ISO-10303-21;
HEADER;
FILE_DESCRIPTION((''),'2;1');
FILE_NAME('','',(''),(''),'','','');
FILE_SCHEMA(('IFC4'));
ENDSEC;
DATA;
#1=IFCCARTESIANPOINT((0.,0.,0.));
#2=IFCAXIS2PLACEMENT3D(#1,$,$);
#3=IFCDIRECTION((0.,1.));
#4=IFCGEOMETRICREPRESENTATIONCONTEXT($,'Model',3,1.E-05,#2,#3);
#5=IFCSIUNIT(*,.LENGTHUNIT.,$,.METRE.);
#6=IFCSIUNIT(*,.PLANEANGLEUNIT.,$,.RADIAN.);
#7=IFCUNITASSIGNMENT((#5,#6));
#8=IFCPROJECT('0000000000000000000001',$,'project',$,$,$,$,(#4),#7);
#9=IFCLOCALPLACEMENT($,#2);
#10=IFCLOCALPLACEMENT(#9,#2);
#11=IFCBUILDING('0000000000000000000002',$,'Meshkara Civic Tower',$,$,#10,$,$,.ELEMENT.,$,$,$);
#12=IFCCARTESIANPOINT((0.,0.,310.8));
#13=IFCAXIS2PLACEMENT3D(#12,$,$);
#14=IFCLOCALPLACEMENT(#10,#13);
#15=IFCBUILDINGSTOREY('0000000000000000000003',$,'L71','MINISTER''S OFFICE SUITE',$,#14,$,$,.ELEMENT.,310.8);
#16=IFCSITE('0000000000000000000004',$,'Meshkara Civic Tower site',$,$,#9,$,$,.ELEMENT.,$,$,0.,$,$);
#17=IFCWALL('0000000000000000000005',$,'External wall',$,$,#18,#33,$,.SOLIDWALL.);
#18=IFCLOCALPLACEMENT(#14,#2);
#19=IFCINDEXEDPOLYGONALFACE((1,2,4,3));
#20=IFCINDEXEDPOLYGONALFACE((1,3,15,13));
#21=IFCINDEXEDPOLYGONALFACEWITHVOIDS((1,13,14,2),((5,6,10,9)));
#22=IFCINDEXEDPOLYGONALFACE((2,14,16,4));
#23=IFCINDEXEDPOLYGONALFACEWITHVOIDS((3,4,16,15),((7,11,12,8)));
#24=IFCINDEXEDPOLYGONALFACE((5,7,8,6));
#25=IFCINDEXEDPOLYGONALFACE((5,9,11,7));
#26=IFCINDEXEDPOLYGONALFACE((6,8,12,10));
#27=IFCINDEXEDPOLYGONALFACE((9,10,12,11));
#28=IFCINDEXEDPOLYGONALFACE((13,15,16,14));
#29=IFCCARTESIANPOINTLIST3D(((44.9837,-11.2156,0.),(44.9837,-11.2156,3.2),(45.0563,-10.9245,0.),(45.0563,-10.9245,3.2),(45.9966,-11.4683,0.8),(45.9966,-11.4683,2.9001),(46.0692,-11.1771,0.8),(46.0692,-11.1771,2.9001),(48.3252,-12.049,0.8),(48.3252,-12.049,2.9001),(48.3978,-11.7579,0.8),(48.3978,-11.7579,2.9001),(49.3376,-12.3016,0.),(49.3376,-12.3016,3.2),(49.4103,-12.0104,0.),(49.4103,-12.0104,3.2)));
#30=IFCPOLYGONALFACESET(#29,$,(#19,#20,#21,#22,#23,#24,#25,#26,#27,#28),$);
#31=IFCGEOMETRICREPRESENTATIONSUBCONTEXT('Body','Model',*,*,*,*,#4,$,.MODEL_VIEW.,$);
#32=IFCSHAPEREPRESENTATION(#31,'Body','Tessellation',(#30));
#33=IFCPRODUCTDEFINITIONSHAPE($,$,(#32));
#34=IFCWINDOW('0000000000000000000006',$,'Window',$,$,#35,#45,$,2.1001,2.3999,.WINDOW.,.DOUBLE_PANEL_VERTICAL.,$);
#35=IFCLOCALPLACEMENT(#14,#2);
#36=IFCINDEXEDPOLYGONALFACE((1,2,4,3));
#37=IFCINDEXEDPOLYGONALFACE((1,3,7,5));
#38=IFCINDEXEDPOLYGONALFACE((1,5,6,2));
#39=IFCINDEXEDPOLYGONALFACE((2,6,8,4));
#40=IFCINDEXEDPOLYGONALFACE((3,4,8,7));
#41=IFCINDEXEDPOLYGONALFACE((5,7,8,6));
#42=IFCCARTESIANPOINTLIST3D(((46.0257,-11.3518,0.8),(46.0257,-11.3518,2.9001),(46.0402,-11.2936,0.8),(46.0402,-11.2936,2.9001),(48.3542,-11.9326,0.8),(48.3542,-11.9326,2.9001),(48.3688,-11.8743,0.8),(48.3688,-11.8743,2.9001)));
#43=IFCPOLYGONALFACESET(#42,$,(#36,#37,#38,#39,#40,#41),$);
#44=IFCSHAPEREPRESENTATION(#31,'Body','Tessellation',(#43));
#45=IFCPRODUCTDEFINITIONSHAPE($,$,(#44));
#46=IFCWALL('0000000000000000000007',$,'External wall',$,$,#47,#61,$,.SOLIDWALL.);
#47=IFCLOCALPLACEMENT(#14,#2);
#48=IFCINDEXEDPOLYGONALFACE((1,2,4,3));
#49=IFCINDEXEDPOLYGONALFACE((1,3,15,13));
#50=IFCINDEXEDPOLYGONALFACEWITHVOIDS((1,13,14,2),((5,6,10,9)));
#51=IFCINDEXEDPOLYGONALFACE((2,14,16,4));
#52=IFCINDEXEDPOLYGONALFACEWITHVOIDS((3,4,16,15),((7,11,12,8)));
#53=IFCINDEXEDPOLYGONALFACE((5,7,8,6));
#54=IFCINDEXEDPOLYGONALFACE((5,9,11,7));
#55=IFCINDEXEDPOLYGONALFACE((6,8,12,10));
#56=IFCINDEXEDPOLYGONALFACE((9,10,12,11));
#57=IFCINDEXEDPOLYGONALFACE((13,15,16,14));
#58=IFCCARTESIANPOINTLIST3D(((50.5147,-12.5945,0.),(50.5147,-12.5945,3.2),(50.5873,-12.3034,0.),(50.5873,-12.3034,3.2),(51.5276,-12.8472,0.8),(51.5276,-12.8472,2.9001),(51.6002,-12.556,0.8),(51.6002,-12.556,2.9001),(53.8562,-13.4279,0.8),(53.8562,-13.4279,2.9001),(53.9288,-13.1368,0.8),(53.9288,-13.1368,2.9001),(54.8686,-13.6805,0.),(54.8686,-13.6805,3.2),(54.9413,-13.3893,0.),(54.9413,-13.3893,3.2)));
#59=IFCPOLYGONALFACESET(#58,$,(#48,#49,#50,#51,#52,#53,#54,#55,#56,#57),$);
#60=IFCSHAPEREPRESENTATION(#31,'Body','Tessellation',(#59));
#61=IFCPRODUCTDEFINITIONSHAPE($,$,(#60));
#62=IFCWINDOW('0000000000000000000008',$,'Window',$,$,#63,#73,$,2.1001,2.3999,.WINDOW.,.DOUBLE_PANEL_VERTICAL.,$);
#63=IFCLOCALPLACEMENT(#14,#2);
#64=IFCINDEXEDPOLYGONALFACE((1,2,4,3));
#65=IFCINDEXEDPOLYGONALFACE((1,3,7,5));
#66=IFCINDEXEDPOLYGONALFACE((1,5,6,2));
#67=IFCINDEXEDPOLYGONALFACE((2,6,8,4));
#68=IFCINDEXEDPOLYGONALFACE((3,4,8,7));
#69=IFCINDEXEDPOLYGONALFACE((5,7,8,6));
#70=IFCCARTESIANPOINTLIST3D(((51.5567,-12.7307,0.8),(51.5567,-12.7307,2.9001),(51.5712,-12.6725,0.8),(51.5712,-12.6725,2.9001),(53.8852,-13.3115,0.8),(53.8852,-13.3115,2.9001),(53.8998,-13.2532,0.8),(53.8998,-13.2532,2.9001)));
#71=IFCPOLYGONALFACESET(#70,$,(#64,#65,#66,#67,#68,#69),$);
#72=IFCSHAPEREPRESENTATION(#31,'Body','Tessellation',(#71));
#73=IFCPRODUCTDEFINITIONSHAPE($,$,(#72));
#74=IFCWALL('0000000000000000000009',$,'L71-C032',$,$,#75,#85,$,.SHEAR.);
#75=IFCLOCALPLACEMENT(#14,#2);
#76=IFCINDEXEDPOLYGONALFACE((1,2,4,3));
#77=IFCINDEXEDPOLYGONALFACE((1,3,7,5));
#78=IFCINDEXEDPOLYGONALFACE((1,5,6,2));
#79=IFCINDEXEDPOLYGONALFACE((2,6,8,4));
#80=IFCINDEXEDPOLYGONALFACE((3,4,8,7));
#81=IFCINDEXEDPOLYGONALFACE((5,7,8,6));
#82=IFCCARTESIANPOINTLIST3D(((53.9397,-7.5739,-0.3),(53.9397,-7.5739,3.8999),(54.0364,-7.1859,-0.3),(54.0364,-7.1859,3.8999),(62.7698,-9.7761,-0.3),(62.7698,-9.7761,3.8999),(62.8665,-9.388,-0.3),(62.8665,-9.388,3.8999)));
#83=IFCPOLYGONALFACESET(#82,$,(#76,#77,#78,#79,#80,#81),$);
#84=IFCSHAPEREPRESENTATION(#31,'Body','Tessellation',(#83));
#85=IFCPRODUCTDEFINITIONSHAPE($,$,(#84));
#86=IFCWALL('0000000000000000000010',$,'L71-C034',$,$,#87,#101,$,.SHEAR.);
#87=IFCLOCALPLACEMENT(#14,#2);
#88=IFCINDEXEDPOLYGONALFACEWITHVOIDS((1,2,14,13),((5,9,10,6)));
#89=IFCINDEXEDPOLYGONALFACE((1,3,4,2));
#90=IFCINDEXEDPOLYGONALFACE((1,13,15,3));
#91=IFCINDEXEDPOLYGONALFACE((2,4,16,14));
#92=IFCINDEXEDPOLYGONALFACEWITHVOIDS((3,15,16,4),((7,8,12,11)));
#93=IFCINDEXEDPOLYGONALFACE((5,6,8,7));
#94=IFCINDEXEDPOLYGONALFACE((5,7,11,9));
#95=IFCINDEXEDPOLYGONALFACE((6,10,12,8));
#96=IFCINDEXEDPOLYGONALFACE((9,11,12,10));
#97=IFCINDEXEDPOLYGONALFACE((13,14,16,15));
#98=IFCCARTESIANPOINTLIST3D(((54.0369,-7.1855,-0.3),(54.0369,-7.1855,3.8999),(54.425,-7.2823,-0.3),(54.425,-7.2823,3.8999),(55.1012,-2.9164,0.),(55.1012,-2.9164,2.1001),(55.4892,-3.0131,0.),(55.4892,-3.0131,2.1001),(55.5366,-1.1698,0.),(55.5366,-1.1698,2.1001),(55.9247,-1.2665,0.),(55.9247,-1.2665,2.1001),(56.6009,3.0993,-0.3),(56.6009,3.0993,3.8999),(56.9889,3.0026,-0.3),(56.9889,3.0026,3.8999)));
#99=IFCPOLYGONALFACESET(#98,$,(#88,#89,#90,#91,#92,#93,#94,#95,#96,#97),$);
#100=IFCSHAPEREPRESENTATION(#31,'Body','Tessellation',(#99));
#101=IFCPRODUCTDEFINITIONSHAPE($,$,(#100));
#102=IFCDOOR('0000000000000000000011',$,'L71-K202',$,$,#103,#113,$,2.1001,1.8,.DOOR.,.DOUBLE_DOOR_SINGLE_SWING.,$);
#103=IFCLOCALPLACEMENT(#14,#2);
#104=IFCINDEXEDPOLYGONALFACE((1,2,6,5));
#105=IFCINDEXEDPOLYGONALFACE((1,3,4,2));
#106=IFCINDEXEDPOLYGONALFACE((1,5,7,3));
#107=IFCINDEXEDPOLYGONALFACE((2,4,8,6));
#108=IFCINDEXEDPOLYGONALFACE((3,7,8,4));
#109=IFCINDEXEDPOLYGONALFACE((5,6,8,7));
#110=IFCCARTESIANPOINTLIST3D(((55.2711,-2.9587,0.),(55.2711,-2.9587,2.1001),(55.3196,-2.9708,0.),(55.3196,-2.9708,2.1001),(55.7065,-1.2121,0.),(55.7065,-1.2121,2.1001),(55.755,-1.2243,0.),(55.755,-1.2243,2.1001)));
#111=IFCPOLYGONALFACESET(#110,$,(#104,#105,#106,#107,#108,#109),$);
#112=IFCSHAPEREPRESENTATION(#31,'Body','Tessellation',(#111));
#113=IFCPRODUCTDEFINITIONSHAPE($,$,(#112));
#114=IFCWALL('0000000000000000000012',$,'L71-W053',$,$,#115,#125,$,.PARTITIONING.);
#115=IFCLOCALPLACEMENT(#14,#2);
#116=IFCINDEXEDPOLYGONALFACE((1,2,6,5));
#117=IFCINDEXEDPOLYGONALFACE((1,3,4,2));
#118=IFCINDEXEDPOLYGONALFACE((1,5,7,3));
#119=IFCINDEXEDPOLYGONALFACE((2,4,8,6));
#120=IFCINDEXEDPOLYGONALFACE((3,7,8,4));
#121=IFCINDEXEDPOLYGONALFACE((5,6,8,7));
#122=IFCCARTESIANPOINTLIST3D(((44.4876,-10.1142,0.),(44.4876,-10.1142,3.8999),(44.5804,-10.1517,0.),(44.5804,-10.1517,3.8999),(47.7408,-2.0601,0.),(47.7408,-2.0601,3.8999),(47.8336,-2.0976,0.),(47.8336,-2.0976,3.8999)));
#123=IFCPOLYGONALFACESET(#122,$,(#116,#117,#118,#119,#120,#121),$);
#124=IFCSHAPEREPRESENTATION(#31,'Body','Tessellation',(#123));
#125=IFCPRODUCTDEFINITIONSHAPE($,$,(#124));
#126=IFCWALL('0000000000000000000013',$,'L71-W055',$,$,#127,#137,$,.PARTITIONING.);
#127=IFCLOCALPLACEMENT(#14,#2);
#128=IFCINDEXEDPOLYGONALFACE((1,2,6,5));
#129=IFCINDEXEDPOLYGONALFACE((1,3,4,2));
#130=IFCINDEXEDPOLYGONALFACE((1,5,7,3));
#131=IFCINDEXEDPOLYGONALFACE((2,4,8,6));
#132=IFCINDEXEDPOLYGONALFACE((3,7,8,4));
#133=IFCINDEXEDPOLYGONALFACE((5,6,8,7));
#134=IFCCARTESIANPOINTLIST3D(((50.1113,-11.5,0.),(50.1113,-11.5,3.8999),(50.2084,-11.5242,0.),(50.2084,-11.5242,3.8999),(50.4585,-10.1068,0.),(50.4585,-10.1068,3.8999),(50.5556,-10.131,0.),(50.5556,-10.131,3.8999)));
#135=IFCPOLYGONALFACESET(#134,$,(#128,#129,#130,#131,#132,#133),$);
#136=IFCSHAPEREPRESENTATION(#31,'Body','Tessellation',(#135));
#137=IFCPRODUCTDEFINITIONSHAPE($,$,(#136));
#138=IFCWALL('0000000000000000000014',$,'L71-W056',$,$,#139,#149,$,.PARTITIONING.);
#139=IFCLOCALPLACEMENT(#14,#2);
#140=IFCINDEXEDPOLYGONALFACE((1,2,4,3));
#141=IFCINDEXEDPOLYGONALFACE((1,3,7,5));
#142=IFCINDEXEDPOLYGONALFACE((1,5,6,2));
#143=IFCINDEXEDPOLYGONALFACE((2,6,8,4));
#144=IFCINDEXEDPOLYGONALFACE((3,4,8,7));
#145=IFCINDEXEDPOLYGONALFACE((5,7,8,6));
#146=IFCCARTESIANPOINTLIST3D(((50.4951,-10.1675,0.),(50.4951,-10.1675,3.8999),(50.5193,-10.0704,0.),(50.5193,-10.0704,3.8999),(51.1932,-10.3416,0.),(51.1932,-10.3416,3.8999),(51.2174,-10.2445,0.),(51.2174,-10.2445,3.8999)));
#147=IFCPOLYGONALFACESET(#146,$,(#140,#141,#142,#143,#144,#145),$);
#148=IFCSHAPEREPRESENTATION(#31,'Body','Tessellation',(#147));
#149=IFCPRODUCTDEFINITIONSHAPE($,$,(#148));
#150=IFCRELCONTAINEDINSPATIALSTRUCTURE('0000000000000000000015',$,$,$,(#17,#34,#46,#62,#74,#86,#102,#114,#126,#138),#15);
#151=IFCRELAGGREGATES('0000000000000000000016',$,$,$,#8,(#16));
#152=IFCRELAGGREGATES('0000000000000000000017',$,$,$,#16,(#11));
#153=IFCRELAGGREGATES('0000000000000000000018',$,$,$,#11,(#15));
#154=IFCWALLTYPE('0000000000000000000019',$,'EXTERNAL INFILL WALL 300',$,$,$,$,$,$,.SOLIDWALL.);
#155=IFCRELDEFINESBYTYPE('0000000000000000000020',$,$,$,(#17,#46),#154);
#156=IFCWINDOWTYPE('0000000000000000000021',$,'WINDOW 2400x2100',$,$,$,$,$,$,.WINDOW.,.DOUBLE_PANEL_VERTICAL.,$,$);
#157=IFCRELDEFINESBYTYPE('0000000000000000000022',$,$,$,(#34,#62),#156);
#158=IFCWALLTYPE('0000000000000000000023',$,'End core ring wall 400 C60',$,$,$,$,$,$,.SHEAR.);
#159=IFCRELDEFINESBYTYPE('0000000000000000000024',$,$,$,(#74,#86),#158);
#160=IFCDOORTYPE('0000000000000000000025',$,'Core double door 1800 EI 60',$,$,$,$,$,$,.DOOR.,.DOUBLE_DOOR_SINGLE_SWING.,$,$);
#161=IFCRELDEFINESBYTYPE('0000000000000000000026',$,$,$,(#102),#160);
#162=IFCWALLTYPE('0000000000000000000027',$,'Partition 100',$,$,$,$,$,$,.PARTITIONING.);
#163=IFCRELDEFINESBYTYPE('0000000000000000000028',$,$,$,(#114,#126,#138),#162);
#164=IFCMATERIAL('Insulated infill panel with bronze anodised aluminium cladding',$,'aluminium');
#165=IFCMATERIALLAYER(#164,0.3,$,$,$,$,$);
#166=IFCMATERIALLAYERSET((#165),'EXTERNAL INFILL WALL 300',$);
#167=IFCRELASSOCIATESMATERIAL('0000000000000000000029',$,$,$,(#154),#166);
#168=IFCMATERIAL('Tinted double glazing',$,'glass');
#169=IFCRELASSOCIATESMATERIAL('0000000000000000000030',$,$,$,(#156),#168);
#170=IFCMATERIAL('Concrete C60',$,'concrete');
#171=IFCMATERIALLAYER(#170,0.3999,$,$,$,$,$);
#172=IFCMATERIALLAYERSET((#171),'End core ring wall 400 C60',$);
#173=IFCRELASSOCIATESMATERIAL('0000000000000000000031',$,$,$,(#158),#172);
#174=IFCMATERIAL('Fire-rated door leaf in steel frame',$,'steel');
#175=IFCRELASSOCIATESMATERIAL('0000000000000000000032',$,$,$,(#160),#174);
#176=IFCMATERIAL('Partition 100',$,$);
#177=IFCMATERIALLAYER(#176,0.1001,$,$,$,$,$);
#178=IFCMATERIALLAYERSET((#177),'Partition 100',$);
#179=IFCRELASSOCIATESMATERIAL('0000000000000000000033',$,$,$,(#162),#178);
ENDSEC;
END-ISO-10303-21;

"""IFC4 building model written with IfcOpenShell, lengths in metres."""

from ifc_helpers import new_model, si_unit, direction, frame, frame_2d, origin, place, context, subcontext, project, spatial, rectangle, extrude, material, layer, layer_set, type_object, element, fill, save


model = new_model("IFC4")

# Units and contexts
model_context = context("Model", 3, precision=1e-05, world=origin(), true_north=direction((0.0, 1.0)))
body_context = subcontext(model_context, "Body", "Model", "MODEL_VIEW")
ifc_project = project(units=[si_unit("LENGTHUNIT", "METRE"), si_unit("PLANEANGLEUNIT", "RADIAN")], contexts=[model_context])

# Site, building, storey
site_placement = place(None, origin())
site = spatial("IfcSite", under=ifc_project, at=site_placement, Name="Meshkara Civic Tower site", CompositionType="ELEMENT", RefElevation=0.0)
building_placement = place(site_placement, origin())
building = spatial("IfcBuilding", under=site, at=building_placement, Name="Meshkara Civic Tower", CompositionType="ELEMENT")
storey_placement = place(building_placement, frame((0.0, 0.0, 310.8)))
storey = spatial("IfcBuildingStorey", under=building, at=storey_placement, Name="L71", Description="MINISTER'S OFFICE SUITE", CompositionType="ELEMENT", Elevation=310.8)

# Walls, openings, windows
ifc_material_1 = material(Name="Insulated infill panel with bronze anodised aluminium cladding", Category="aluminium")
ifc_layer_1 = layer(ifc_material_1, 0.3)
ifc_layer_set_1 = layer_set([ifc_layer_1], Name="EXTERNAL INFILL WALL 300")
wall_type_1 = type_object("IfcWallType", Name="EXTERNAL INFILL WALL 300", PredefinedType="SOLIDWALL", material=ifc_layer_set_1)
wall_1_placement = place(storey_placement, frame((45.02, -11.0701, 0.0), z_axis=(0.0, 0.0, 1.0), x_axis=(0.970277, -0.241998, 0.0)))
wall_1 = element("IfcWall", 1, at=wall_1_placement, inside=storey, type_object=wall_type_1, Name="External wall", PredefinedType="SOLIDWALL", context=body_context, shape_type="SweptSolid", body=[
    extrude(rectangle(XDim=4.4873, YDim=0.3, at=frame_2d((2.2437, 0.0))), origin(), (0.0, 0.0, 1.0), 3.2),
])
opening_1_placement = place(wall_1_placement, frame((1.0439, 0.0, 0.8)))
opening_1 = element("IfcOpeningElement", 2, at=opening_1_placement, cuts=wall_1, PredefinedType="OPENING", context=body_context, shape_type="SweptSolid", body=[
    extrude(rectangle(XDim=2.3999, YDim=2.1001, at=frame_2d((1.2, 1.05))), frame((0.0, 0.1599, 0.0), z_axis=(0.0, -1.0, 0.0), x_axis=(1.0, 0.0, 0.0)), (0.0, 0.0, 1.0), 0.3201),
])
ifc_material_2 = material(Name="Tinted double glazing", Category="glass")
window_type = type_object("IfcWindowType", Name="WINDOW 2400x2100", PartitioningType="DOUBLE_PANEL_VERTICAL", PredefinedType="WINDOW", material=ifc_material_2)
window_1_placement = place(opening_1_placement, origin())
window_1 = element("IfcWindow", 3, at=window_1_placement, inside=storey, type_object=window_type, Name="Window", OverallHeight=2.1001, OverallWidth=2.3999, PartitioningType="DOUBLE_PANEL_VERTICAL", PredefinedType="WINDOW", context=body_context, shape_type="SweptSolid", body=[
    extrude(rectangle(XDim=2.3999, YDim=2.1001, at=frame_2d((1.2, 1.05))), frame((0.0, 0.03, 0.0), z_axis=(0.0, -1.0, 0.0), x_axis=(1.0, 0.0, 0.0)), (0.0, 0.0, 1.0), 0.0601),
])
fill(opening_1, window_1)
wall_2_placement = place(storey_placement, frame((50.551, -12.449, 0.0), z_axis=(0.0, 0.0, 1.0), x_axis=(0.970277, -0.241998, 0.0)))
wall_2 = element("IfcWall", 4, at=wall_2_placement, inside=storey, type_object=wall_type_1, Name="External wall", PredefinedType="SOLIDWALL", context=body_context, shape_type="SweptSolid", body=[
    extrude(rectangle(XDim=4.4873, YDim=0.3, at=frame_2d((2.2437, 0.0))), origin(), (0.0, 0.0, 1.0), 3.2),
])
opening_2_placement = place(wall_2_placement, frame((1.0439, 0.0, 0.8)))
opening_2 = element("IfcOpeningElement", 5, at=opening_2_placement, cuts=wall_2, PredefinedType="OPENING", context=body_context, shape_type="SweptSolid", body=[
    extrude(rectangle(XDim=2.3999, YDim=2.1001, at=frame_2d((1.2, 1.05))), frame((0.0, 0.1599, 0.0), z_axis=(0.0, -1.0, 0.0), x_axis=(1.0, 0.0, 0.0)), (0.0, 0.0, 1.0), 0.3201),
])
window_2_placement = place(opening_2_placement, origin())
window_2 = element("IfcWindow", 6, at=window_2_placement, inside=storey, type_object=window_type, Name="Window", OverallHeight=2.1001, OverallWidth=2.3999, PartitioningType="DOUBLE_PANEL_VERTICAL", PredefinedType="WINDOW", context=body_context, shape_type="SweptSolid", body=[
    extrude(rectangle(XDim=2.3999, YDim=2.1001, at=frame_2d((1.2, 1.05))), frame((0.0, 0.03, 0.0), z_axis=(0.0, -1.0, 0.0), x_axis=(1.0, 0.0, 0.0)), (0.0, 0.0, 1.0), 0.0601),
])
fill(opening_2, window_2)

# Wall
ifc_material_3 = material(Name="Concrete C60", Category="concrete")
ifc_layer_2 = layer(ifc_material_3, 0.3999)
ifc_layer_set_2 = layer_set([ifc_layer_2], Name="End core ring wall 400 C60")
wall_type_2 = type_object("IfcWallType", Name="End core ring wall 400 C60", PredefinedType="SHEAR", material=ifc_layer_set_2)
wall_3_placement = place(storey_placement, frame((53.988, -7.3799, -0.3), z_axis=(0.0, 0.0, 1.0), x_axis=(0.970281, -0.24198, 0.0)))
element("IfcWall", 7, at=wall_3_placement, inside=storey, type_object=wall_type_2, Name="L71-C032", PredefinedType="SHEAR", context=body_context, shape_type="SweptSolid", body=[
    extrude(rectangle(XDim=9.1006, YDim=0.3999, at=frame_2d((4.5503, 0.0))), origin(), (0.0, 0.0, 1.0), 4.2),
])

# Wall, opening, door
wall_4_placement = place(storey_placement, frame((54.231, -7.2339, -0.3), z_axis=(0.0, 0.0, 1.0), x_axis=(0.241891, 0.970304, 0.0)))
wall_4 = element("IfcWall", 8, at=wall_4_placement, inside=storey, type_object=wall_type_2, Name="L71-C034", PredefinedType="SHEAR", context=body_context, shape_type="SweptSolid", body=[
    extrude(rectangle(XDim=10.5996, YDim=0.3999, at=frame_2d((5.2998, 0.0))), origin(), (0.0, 0.0, 1.0), 4.2),
])
opening_3_placement = place(wall_4_placement, frame((4.3999, 0.0, 0.3)))
opening_3 = element("IfcOpeningElement", 9, at=opening_3_placement, cuts=wall_4, PredefinedType="OPENING", context=body_context, shape_type="SweptSolid", body=[
    extrude(rectangle(XDim=1.8, YDim=2.1001, at=frame_2d((0.8999, 1.05))), frame((0.0, 0.21, 0.0), z_axis=(0.0, -1.0, 0.0), x_axis=(1.0, 0.0, 0.0)), (0.0, 0.0, 1.0), 0.4199),
])
ifc_material_4 = material(Name="Fire-rated door leaf in steel frame", Category="steel")
door_type_1 = type_object("IfcDoorType", Name="Core double door 1800 EI 60", OperationType="DOUBLE_DOOR_SINGLE_SWING", PredefinedType="DOOR", material=ifc_material_4)
door_1_placement = place(opening_3_placement, origin())
door_1 = element("IfcDoor", 10, at=door_1_placement, inside=storey, type_object=door_type_1, Name="L71-K202", OperationType="DOUBLE_DOOR_SINGLE_SWING", OverallHeight=2.1001, OverallWidth=1.8, PredefinedType="DOOR", context=body_context, shape_type="SweptSolid", body=[
    extrude(rectangle(XDim=1.8, YDim=2.1001, at=frame_2d((0.8999, 1.05))), frame((0.0, 0.0249, 0.0), z_axis=(0.0, -1.0, 0.0), x_axis=(1.0, 0.0, 0.0)), (0.0, 0.0, 1.0), 0.05),
])
fill(opening_3, door_1)

# Walls
ifc_material_5 = material(Name="Partition 100")
ifc_layer_3 = layer(ifc_material_5, 0.1001)
ifc_layer_set_3 = layer_set([ifc_layer_3], Name="Partition 100")
wall_type_3 = type_object("IfcWallType", Name="Partition 100", PredefinedType="PARTITIONING", material=ifc_layer_set_3)
wall_5_placement = place(storey_placement, frame((44.5339, -10.1331, 0.0), z_axis=(0.0, 0.0, 1.0), x_axis=(0.374524, 0.927217, 0.0)))
element("IfcWall", 11, at=wall_5_placement, inside=storey, type_object=wall_type_3, Name="L71-W053", PredefinedType="PARTITIONING", context=body_context, shape_type="SweptSolid", body=[
    extrude(rectangle(XDim=8.6863, YDim=0.1001, at=frame_2d((4.3433, 0.0))), origin(), (0.0, 0.0, 1.0), 3.8999),
])
wall_6_placement = place(storey_placement, frame((50.1599, -11.512, 0.0), z_axis=(0.0, 0.0, 1.0), x_axis=(0.241815, 0.970322, 0.0)))
element("IfcWall", 12, at=wall_6_placement, inside=storey, type_object=wall_type_3, Name="L71-W055", PredefinedType="PARTITIONING", context=body_context, shape_type="SweptSolid", body=[
    extrude(rectangle(XDim=1.4358, YDim=0.1001, at=frame_2d((0.7178, 0.0))), origin(), (0.0, 0.0, 1.0), 3.8999),
])
wall_7_placement = place(storey_placement, frame((50.5071, -10.1189, 0.0), z_axis=(0.0, 0.0, 1.0), x_axis=(0.970282, -0.241977, 0.0)))
element("IfcWall", 13, at=wall_7_placement, inside=storey, type_object=wall_type_3, Name="L71-W056", PredefinedType="PARTITIONING", context=body_context, shape_type="SweptSolid", body=[
    extrude(rectangle(XDim=0.7195, YDim=0.1001, at=frame_2d((0.3599, 0.0))), origin(), (0.0, 0.0, 1.0), 3.8999),
])

save(model, "model.ifc")
